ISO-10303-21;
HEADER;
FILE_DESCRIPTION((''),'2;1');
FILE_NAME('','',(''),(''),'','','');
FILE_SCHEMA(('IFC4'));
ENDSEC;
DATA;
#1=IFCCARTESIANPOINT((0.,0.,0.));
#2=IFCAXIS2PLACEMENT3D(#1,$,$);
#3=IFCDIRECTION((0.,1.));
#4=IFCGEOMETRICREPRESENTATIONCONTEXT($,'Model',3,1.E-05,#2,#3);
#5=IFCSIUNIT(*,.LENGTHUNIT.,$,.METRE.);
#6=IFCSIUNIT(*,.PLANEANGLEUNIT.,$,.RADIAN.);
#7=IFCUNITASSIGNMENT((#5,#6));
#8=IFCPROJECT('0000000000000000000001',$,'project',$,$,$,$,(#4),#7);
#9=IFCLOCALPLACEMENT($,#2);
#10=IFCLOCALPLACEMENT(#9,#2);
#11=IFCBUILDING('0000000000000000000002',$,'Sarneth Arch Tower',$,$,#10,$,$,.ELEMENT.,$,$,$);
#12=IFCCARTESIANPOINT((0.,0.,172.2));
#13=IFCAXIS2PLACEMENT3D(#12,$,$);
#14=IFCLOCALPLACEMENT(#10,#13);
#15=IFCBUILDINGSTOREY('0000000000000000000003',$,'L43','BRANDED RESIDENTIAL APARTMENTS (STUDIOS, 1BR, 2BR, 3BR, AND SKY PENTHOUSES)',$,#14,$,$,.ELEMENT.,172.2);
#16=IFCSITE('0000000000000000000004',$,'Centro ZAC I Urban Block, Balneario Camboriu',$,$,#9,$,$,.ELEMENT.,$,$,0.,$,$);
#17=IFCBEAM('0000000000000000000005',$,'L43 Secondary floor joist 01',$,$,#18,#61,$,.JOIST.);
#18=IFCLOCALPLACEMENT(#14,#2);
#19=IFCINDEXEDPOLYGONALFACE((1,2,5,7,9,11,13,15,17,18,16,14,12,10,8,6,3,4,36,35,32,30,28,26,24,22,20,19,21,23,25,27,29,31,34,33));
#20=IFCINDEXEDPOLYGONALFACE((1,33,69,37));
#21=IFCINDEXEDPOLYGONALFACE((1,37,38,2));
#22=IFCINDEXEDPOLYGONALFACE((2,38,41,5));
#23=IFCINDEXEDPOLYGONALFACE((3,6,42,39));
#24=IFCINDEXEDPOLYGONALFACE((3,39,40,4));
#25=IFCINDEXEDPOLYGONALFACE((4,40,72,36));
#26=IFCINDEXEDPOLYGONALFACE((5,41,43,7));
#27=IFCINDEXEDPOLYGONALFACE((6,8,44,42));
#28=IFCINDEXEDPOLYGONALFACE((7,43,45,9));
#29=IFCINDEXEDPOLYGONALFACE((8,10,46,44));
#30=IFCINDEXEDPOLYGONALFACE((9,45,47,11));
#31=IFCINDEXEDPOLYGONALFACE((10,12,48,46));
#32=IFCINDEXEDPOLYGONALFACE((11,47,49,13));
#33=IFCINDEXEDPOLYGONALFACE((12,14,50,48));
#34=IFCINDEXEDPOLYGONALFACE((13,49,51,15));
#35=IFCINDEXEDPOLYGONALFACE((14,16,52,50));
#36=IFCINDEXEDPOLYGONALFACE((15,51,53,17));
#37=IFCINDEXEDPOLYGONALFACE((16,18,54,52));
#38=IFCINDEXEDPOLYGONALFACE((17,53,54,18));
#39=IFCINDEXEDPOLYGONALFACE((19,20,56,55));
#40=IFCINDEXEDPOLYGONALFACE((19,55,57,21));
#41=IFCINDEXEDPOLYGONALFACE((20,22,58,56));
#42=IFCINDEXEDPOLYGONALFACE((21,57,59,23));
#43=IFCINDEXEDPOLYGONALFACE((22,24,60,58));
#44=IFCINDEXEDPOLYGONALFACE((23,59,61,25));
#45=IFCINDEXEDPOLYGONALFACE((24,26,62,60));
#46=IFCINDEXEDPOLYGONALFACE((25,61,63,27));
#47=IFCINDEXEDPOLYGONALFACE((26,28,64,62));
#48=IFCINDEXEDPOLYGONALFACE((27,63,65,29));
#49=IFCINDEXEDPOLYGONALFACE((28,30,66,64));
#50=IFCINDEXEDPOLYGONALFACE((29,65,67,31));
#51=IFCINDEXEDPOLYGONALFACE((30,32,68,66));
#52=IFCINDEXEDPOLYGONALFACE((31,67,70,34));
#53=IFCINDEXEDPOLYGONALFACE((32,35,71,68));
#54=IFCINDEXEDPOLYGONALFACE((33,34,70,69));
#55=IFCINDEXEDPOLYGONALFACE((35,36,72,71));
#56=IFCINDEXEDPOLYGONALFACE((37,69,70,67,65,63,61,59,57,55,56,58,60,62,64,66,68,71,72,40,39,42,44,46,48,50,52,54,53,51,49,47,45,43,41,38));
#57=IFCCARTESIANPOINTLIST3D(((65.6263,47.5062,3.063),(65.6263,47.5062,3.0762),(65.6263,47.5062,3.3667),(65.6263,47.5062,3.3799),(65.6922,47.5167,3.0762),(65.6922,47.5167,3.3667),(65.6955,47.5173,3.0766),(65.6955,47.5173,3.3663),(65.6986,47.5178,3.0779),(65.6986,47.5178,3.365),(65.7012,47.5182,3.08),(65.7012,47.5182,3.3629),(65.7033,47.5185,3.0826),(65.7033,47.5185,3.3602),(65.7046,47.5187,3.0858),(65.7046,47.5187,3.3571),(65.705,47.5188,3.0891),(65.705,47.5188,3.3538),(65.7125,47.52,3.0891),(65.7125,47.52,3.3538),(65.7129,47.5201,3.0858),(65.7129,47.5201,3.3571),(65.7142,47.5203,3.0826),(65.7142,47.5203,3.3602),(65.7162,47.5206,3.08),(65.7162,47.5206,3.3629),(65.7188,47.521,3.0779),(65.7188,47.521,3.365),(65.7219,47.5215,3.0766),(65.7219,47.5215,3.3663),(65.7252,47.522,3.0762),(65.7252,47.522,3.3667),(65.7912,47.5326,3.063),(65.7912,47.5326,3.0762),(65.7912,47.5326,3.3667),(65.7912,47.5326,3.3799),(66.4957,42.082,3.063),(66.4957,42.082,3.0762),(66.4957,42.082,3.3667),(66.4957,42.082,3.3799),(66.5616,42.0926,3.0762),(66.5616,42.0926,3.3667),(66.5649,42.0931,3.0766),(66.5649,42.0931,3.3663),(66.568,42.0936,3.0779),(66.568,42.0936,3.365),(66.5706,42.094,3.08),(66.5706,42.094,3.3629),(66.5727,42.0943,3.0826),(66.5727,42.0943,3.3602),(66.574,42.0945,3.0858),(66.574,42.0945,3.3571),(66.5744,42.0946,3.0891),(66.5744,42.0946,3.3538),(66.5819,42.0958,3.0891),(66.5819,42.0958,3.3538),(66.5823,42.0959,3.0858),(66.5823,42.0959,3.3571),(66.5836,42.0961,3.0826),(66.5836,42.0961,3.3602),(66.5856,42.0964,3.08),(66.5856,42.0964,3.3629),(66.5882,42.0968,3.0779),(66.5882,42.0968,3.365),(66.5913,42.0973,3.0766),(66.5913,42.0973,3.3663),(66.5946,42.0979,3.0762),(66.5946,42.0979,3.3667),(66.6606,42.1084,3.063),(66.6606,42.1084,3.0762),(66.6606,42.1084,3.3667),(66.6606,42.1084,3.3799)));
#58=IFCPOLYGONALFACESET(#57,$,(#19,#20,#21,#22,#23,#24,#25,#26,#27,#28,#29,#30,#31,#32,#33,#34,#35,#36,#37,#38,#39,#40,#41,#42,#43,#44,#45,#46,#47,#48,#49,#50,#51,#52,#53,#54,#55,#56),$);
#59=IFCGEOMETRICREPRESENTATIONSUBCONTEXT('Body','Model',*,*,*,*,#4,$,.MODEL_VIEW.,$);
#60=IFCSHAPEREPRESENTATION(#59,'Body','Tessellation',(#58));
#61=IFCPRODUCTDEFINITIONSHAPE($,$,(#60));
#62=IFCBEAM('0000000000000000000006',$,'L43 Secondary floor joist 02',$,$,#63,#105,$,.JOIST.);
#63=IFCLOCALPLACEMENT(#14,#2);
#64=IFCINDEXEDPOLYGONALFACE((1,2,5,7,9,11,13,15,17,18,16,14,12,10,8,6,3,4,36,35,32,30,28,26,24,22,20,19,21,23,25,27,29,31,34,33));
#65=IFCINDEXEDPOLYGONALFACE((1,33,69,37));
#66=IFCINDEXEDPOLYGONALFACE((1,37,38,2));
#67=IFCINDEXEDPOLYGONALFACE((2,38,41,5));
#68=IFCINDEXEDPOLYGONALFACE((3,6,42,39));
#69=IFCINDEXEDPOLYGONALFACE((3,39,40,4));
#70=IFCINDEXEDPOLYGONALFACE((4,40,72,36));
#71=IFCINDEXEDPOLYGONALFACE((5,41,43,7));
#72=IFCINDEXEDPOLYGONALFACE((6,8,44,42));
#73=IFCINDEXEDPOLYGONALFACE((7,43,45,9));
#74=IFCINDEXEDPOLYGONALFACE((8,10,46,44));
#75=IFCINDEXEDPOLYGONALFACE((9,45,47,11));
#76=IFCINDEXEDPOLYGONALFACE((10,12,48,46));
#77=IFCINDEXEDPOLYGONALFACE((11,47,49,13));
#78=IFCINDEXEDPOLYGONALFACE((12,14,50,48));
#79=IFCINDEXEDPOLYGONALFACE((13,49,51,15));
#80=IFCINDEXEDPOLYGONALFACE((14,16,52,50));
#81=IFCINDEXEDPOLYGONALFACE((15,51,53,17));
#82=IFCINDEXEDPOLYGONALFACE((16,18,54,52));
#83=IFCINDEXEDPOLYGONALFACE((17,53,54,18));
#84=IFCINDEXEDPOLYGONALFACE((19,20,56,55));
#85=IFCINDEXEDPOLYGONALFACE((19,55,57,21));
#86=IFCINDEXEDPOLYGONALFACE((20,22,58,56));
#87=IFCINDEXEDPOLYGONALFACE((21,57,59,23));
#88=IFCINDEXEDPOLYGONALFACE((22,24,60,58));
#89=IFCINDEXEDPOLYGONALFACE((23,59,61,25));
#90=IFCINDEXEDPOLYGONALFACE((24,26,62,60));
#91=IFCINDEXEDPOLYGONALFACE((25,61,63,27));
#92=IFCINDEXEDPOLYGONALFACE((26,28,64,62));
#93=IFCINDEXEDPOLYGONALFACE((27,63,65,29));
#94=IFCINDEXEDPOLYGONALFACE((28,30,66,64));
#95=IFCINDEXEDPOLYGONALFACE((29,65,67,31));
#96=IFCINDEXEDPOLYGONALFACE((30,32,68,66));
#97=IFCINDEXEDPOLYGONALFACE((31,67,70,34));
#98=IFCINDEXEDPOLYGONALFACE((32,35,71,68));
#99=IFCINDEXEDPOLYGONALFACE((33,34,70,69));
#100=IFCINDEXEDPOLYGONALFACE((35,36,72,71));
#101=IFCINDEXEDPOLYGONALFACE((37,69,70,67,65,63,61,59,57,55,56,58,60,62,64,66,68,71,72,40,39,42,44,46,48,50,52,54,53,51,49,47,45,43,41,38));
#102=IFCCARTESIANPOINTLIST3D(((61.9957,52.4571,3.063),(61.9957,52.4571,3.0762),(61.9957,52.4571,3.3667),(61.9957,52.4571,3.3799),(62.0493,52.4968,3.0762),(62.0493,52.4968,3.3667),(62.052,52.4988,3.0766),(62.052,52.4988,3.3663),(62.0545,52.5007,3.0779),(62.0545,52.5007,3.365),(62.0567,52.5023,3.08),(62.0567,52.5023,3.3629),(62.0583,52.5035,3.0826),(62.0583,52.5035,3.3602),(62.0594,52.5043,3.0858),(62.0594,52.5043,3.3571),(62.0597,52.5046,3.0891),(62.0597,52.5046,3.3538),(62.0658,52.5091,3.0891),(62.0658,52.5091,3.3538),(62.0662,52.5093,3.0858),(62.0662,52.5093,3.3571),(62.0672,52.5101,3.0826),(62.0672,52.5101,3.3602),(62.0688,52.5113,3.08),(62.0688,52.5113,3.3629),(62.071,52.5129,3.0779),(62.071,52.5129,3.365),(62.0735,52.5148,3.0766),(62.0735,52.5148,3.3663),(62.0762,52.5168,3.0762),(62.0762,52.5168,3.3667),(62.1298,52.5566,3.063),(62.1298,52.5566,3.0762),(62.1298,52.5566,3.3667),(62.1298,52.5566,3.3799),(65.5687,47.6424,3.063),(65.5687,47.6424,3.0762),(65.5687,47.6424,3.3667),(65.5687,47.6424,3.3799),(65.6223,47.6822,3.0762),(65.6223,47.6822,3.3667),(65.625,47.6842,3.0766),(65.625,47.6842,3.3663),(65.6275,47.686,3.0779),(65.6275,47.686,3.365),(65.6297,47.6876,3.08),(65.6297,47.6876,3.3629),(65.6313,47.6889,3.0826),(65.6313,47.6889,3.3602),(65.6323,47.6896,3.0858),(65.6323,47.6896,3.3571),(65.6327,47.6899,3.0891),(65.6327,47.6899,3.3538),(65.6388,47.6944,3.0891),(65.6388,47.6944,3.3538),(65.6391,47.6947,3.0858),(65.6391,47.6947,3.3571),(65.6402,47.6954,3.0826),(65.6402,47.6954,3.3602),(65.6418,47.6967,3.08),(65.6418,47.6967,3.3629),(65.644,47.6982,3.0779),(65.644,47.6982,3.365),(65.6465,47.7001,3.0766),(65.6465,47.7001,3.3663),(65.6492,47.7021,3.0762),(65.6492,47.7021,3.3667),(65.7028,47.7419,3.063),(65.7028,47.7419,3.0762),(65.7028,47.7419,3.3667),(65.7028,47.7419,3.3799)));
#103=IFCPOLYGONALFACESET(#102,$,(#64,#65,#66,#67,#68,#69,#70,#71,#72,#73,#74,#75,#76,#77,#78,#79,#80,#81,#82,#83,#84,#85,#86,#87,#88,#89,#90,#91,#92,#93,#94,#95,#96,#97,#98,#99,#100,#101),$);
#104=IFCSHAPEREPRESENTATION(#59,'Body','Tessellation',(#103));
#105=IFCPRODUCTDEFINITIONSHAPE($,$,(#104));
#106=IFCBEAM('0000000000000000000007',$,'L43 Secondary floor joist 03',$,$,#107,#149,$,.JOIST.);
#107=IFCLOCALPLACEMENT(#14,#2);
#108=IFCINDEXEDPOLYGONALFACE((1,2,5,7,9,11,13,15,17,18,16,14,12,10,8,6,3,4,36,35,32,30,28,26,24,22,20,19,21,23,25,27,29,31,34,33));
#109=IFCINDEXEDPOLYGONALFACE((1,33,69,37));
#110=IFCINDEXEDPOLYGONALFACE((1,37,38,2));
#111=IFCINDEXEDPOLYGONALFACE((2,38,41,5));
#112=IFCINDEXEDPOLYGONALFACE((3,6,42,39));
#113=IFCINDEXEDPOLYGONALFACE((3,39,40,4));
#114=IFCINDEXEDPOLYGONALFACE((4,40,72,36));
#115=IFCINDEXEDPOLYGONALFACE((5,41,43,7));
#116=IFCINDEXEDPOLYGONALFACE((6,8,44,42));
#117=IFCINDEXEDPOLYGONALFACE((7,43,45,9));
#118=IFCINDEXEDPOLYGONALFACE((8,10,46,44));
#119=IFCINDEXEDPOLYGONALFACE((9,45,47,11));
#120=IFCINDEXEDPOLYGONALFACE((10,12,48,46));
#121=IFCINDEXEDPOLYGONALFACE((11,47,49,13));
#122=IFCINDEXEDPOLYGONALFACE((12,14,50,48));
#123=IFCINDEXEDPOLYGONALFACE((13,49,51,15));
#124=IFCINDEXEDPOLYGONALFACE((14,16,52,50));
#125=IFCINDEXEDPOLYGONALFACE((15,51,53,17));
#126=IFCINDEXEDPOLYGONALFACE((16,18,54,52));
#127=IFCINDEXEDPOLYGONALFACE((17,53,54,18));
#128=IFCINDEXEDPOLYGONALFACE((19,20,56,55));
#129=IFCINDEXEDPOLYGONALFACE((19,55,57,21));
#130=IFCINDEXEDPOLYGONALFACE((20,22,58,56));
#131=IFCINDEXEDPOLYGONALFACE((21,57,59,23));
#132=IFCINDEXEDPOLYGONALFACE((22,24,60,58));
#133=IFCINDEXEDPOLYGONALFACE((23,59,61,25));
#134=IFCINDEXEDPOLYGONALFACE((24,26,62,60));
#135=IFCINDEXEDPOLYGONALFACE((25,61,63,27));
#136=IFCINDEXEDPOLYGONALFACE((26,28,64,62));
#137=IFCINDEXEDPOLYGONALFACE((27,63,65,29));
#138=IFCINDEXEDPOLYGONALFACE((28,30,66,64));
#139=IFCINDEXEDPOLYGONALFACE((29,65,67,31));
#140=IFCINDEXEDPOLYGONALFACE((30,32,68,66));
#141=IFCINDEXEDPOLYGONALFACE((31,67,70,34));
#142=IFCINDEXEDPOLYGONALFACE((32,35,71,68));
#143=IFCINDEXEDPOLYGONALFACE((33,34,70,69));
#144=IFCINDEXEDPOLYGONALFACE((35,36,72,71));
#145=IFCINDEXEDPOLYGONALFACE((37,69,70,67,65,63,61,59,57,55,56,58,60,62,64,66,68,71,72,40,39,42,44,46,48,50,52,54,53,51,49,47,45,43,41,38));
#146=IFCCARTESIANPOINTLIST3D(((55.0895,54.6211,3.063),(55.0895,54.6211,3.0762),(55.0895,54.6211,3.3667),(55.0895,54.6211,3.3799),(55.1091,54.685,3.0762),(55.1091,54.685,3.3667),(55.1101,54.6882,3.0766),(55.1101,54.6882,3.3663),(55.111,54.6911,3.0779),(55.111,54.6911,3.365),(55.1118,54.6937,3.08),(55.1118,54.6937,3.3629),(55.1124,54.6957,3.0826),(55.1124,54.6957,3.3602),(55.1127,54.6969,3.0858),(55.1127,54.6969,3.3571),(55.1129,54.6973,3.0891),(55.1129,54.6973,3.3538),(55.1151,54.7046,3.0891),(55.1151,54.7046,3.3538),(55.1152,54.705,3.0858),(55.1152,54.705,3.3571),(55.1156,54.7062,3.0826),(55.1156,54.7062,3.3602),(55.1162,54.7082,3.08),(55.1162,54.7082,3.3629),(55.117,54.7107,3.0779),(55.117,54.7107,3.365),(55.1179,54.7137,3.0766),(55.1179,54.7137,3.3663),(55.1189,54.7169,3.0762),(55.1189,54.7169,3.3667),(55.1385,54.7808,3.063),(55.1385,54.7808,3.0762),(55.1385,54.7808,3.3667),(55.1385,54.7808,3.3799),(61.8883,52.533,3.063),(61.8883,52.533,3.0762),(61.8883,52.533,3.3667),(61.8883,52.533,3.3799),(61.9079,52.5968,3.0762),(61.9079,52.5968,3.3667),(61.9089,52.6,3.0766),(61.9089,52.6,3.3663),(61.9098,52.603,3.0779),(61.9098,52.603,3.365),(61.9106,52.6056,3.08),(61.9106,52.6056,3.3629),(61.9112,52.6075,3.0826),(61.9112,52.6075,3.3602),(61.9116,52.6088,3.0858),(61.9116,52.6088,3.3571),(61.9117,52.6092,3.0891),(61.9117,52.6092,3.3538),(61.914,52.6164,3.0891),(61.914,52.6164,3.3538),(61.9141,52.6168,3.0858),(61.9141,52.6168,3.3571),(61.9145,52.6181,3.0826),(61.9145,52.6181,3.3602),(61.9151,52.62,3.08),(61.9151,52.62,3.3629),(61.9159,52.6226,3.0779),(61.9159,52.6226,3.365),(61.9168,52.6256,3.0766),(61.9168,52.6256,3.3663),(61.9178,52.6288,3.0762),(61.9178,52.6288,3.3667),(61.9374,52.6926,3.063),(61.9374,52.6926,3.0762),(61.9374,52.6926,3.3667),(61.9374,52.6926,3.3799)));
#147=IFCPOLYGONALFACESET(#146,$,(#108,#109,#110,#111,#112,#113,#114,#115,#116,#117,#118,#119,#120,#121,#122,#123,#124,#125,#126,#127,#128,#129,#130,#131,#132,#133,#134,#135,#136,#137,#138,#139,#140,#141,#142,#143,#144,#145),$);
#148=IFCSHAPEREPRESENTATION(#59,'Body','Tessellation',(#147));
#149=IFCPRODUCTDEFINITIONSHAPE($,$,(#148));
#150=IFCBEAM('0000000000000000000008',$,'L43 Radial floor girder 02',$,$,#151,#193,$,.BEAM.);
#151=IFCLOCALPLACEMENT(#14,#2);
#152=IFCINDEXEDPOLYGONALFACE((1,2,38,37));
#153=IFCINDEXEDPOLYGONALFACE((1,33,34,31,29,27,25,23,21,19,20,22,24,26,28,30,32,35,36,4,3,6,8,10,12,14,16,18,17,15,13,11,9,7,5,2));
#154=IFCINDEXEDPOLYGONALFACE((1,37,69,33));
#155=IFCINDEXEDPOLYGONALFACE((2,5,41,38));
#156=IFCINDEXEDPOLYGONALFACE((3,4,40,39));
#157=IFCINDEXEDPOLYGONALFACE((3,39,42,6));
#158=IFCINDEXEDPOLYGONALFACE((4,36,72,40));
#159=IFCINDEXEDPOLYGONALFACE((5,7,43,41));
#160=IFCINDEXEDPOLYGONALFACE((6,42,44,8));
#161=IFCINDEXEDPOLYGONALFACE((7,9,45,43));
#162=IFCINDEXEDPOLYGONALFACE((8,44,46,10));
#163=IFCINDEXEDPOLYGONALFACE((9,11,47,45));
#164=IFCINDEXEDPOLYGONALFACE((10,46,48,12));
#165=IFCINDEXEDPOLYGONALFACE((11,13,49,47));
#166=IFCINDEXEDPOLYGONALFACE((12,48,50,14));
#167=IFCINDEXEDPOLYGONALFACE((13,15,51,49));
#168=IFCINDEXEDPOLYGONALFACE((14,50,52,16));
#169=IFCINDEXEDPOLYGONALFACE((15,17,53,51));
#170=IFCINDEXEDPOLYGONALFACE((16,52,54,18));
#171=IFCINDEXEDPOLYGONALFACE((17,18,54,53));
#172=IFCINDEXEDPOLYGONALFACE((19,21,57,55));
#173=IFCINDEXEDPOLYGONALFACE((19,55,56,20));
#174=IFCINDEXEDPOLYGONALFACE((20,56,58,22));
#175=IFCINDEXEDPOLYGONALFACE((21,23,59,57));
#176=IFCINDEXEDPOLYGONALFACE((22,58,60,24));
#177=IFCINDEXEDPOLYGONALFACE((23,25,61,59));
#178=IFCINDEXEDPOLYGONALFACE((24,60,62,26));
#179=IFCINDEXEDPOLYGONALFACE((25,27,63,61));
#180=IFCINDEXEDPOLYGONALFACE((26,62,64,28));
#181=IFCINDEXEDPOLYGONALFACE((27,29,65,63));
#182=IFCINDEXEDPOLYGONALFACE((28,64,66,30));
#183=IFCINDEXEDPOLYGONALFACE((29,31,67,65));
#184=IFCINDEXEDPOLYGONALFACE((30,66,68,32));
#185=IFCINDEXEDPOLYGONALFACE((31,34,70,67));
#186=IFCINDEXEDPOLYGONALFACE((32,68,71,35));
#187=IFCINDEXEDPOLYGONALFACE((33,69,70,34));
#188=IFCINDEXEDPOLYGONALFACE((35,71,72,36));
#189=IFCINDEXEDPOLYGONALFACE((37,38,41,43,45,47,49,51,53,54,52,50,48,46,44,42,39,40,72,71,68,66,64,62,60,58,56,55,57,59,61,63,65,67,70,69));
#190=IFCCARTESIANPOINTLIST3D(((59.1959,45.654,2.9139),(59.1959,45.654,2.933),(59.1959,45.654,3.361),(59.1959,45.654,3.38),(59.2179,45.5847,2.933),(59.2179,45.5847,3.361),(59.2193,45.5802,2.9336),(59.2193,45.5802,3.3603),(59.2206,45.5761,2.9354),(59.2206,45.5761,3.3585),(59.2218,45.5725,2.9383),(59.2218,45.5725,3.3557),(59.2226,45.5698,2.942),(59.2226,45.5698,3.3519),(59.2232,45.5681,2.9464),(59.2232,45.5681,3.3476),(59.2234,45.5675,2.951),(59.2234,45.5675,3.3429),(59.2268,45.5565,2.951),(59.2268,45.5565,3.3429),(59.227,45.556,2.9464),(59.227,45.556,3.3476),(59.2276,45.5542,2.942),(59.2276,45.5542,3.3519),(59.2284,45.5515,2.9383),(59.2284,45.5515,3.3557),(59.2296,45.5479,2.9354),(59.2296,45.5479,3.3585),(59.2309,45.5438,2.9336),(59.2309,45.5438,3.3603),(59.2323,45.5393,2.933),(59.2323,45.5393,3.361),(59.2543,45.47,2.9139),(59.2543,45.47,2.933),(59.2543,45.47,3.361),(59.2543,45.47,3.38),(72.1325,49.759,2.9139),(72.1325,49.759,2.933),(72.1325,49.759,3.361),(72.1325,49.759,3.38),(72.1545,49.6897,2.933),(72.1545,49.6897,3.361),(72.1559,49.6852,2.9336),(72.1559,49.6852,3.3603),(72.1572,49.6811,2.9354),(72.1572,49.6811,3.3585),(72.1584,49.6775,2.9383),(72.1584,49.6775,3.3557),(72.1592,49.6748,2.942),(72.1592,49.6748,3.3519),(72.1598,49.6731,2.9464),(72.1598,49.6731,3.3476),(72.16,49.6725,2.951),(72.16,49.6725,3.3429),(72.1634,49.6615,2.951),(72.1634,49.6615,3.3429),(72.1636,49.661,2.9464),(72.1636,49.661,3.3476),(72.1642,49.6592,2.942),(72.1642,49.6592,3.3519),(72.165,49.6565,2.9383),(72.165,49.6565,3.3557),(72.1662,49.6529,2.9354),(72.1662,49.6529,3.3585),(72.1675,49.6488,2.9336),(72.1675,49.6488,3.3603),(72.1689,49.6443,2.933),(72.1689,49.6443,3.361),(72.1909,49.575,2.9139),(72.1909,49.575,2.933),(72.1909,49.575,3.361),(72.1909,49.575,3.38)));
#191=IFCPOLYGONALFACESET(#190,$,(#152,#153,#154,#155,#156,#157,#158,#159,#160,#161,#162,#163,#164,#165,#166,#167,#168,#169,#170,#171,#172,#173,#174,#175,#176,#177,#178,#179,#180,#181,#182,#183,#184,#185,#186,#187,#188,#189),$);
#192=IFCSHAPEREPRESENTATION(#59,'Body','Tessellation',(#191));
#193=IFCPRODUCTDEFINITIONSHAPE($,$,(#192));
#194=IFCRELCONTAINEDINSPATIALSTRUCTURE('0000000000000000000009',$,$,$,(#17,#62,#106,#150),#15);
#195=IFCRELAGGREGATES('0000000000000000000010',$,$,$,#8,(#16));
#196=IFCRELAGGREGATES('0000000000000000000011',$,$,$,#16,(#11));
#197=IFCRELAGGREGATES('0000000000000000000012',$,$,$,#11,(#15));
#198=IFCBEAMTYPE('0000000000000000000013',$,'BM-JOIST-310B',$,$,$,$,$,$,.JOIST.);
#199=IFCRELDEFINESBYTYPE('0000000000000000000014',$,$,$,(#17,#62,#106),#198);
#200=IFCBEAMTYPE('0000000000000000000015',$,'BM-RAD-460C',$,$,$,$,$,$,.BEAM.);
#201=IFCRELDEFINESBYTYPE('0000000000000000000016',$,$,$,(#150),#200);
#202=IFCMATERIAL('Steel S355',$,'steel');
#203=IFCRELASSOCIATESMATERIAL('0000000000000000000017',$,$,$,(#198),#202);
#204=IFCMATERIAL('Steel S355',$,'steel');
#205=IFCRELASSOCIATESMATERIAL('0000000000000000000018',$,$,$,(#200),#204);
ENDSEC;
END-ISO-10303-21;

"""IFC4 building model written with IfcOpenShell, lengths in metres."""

from ifc_helpers import new_model, si_unit, direction, frame, origin, origin_2d, place, context, subcontext, project, spatial, i_section, extrude, material, material_profile, profile_set, type_object, element, save


model = new_model("IFC4")

# Units and contexts
model_context = context("Model", 3, precision=1e-05, world=origin(), true_north=direction((0.0, 1.0)))
body_context = subcontext(model_context, "Body", "Model", "MODEL_VIEW")
ifc_project = project(units=[si_unit("LENGTHUNIT", "METRE"), si_unit("PLANEANGLEUNIT", "RADIAN")], contexts=[model_context])

# Site, building, storey
site_placement = place(None, origin())
site = spatial("IfcSite", under=ifc_project, at=site_placement, Name="Centro ZAC I Urban Block, Balneario Camboriu", CompositionType="ELEMENT", RefElevation=0.0)
building_placement = place(site_placement, origin())
building = spatial("IfcBuilding", under=site, at=building_placement, Name="Sarneth Arch Tower", CompositionType="ELEMENT")
storey_placement = place(building_placement, frame((0.0, 0.0, 172.2)))
storey = spatial("IfcBuildingStorey", under=building, at=storey_placement, Name="L43", Description="BRANDED RESIDENTIAL APARTMENTS (STUDIOS, 1BR, 2BR, 3BR, AND SKY PENTHOUSES)", CompositionType="ELEMENT", Elevation=172.2)

# Beams
ifc_material_1 = material(Name="Steel S355", Category="steel")
ifc_material_profile_1 = material_profile(ifc_material_1, i_section(OverallWidth=0.167, OverallDepth=0.3169, WebThickness=0.0076, FlangeThickness=0.0132, FilletRadius=0.0129, at=origin_2d()), Name="W310x52")
ifc_profile_set_1 = profile_set([ifc_material_profile_1], Name="Steel S355")
beam_type_1 = type_object("IfcBeamType", Name="BM-JOIST-310B", PredefinedType="JOIST", material=ifc_profile_set_1)
beam_1_placement = place(storey_placement, frame((66.5781, 42.0952, 3.2214), z_axis=(-0.158263, 0.987397, 0.0), x_axis=(-0.987397, -0.158263, 0.0)))
element("IfcBeam", 1, at=beam_1_placement, inside=storey, type_object=beam_type_1, Name="L43 Secondary floor joist 01", PredefinedType="JOIST", context=body_context, shape_type="SweptSolid", body=[
    extrude(i_section(OverallWidth=0.167, OverallDepth=0.3169, WebThickness=0.0076, FlangeThickness=0.0132, FilletRadius=0.0129, at=origin_2d()), origin(), (0.0, 0.0, 1.0), 5.4934),
])
beam_2_placement = place(storey_placement, frame((65.6357, 47.6921, 3.2214), z_axis=(-0.595933, 0.803034, 0.0), x_axis=(-0.803034, -0.595933, 0.0)))
element("IfcBeam", 2, at=beam_2_placement, inside=storey, type_object=beam_type_1, Name="L43 Secondary floor joist 02", PredefinedType="JOIST", context=body_context, shape_type="SweptSolid", body=[
    extrude(i_section(OverallWidth=0.167, OverallDepth=0.3169, WebThickness=0.0076, FlangeThickness=0.0132, FilletRadius=0.0129, at=origin_2d()), origin(), (0.0, 0.0, 1.0), 5.9956),
])
beam_3_placement = place(storey_placement, frame((61.9128, 52.6128, 3.2214), z_axis=(-0.95593, 0.293596, 0.0), x_axis=(-0.293596, -0.95593, 0.0)))
element("IfcBeam", 3, at=beam_3_placement, inside=storey, type_object=beam_type_1, Name="L43 Secondary floor joist 03", PredefinedType="JOIST", context=body_context, shape_type="SweptSolid", body=[
    extrude(i_section(OverallWidth=0.167, OverallDepth=0.3169, WebThickness=0.0076, FlangeThickness=0.0132, FilletRadius=0.0129, at=origin_2d()), origin(), (0.0, 0.0, 1.0), 7.1123),
])
ifc_material_2 = material(Name="Steel S355", Category="steel")
ifc_material_profile_2 = material_profile(ifc_material_2, i_section(OverallWidth=0.1931, OverallDepth=0.4661, WebThickness=0.0115, FlangeThickness=0.019, FilletRadius=0.0181, at=origin_2d()), Name="W460x97")
ifc_profile_set_2 = profile_set([ifc_material_profile_2], Name="Steel S355")
beam_type_2 = type_object("IfcBeamType", Name="BM-RAD-460C", PredefinedType="BEAM", material=ifc_profile_set_2)
beam_4_placement = place(storey_placement, frame((59.2251, 45.562, 3.147), z_axis=(0.953164, 0.302455, 0.0), x_axis=(-0.302455, 0.953164, 0.0)))
element("IfcBeam", 4, at=beam_4_placement, inside=storey, type_object=beam_type_2, Name="L43 Radial floor girder 02", PredefinedType="BEAM", context=body_context, shape_type="SweptSolid", body=[
    extrude(i_section(OverallWidth=0.1931, OverallDepth=0.4661, WebThickness=0.0115, FlangeThickness=0.019, FilletRadius=0.0181, at=origin_2d()), origin(), (0.0, 0.0, 1.0), 13.5723),
])

save(model, "model.ifc")
